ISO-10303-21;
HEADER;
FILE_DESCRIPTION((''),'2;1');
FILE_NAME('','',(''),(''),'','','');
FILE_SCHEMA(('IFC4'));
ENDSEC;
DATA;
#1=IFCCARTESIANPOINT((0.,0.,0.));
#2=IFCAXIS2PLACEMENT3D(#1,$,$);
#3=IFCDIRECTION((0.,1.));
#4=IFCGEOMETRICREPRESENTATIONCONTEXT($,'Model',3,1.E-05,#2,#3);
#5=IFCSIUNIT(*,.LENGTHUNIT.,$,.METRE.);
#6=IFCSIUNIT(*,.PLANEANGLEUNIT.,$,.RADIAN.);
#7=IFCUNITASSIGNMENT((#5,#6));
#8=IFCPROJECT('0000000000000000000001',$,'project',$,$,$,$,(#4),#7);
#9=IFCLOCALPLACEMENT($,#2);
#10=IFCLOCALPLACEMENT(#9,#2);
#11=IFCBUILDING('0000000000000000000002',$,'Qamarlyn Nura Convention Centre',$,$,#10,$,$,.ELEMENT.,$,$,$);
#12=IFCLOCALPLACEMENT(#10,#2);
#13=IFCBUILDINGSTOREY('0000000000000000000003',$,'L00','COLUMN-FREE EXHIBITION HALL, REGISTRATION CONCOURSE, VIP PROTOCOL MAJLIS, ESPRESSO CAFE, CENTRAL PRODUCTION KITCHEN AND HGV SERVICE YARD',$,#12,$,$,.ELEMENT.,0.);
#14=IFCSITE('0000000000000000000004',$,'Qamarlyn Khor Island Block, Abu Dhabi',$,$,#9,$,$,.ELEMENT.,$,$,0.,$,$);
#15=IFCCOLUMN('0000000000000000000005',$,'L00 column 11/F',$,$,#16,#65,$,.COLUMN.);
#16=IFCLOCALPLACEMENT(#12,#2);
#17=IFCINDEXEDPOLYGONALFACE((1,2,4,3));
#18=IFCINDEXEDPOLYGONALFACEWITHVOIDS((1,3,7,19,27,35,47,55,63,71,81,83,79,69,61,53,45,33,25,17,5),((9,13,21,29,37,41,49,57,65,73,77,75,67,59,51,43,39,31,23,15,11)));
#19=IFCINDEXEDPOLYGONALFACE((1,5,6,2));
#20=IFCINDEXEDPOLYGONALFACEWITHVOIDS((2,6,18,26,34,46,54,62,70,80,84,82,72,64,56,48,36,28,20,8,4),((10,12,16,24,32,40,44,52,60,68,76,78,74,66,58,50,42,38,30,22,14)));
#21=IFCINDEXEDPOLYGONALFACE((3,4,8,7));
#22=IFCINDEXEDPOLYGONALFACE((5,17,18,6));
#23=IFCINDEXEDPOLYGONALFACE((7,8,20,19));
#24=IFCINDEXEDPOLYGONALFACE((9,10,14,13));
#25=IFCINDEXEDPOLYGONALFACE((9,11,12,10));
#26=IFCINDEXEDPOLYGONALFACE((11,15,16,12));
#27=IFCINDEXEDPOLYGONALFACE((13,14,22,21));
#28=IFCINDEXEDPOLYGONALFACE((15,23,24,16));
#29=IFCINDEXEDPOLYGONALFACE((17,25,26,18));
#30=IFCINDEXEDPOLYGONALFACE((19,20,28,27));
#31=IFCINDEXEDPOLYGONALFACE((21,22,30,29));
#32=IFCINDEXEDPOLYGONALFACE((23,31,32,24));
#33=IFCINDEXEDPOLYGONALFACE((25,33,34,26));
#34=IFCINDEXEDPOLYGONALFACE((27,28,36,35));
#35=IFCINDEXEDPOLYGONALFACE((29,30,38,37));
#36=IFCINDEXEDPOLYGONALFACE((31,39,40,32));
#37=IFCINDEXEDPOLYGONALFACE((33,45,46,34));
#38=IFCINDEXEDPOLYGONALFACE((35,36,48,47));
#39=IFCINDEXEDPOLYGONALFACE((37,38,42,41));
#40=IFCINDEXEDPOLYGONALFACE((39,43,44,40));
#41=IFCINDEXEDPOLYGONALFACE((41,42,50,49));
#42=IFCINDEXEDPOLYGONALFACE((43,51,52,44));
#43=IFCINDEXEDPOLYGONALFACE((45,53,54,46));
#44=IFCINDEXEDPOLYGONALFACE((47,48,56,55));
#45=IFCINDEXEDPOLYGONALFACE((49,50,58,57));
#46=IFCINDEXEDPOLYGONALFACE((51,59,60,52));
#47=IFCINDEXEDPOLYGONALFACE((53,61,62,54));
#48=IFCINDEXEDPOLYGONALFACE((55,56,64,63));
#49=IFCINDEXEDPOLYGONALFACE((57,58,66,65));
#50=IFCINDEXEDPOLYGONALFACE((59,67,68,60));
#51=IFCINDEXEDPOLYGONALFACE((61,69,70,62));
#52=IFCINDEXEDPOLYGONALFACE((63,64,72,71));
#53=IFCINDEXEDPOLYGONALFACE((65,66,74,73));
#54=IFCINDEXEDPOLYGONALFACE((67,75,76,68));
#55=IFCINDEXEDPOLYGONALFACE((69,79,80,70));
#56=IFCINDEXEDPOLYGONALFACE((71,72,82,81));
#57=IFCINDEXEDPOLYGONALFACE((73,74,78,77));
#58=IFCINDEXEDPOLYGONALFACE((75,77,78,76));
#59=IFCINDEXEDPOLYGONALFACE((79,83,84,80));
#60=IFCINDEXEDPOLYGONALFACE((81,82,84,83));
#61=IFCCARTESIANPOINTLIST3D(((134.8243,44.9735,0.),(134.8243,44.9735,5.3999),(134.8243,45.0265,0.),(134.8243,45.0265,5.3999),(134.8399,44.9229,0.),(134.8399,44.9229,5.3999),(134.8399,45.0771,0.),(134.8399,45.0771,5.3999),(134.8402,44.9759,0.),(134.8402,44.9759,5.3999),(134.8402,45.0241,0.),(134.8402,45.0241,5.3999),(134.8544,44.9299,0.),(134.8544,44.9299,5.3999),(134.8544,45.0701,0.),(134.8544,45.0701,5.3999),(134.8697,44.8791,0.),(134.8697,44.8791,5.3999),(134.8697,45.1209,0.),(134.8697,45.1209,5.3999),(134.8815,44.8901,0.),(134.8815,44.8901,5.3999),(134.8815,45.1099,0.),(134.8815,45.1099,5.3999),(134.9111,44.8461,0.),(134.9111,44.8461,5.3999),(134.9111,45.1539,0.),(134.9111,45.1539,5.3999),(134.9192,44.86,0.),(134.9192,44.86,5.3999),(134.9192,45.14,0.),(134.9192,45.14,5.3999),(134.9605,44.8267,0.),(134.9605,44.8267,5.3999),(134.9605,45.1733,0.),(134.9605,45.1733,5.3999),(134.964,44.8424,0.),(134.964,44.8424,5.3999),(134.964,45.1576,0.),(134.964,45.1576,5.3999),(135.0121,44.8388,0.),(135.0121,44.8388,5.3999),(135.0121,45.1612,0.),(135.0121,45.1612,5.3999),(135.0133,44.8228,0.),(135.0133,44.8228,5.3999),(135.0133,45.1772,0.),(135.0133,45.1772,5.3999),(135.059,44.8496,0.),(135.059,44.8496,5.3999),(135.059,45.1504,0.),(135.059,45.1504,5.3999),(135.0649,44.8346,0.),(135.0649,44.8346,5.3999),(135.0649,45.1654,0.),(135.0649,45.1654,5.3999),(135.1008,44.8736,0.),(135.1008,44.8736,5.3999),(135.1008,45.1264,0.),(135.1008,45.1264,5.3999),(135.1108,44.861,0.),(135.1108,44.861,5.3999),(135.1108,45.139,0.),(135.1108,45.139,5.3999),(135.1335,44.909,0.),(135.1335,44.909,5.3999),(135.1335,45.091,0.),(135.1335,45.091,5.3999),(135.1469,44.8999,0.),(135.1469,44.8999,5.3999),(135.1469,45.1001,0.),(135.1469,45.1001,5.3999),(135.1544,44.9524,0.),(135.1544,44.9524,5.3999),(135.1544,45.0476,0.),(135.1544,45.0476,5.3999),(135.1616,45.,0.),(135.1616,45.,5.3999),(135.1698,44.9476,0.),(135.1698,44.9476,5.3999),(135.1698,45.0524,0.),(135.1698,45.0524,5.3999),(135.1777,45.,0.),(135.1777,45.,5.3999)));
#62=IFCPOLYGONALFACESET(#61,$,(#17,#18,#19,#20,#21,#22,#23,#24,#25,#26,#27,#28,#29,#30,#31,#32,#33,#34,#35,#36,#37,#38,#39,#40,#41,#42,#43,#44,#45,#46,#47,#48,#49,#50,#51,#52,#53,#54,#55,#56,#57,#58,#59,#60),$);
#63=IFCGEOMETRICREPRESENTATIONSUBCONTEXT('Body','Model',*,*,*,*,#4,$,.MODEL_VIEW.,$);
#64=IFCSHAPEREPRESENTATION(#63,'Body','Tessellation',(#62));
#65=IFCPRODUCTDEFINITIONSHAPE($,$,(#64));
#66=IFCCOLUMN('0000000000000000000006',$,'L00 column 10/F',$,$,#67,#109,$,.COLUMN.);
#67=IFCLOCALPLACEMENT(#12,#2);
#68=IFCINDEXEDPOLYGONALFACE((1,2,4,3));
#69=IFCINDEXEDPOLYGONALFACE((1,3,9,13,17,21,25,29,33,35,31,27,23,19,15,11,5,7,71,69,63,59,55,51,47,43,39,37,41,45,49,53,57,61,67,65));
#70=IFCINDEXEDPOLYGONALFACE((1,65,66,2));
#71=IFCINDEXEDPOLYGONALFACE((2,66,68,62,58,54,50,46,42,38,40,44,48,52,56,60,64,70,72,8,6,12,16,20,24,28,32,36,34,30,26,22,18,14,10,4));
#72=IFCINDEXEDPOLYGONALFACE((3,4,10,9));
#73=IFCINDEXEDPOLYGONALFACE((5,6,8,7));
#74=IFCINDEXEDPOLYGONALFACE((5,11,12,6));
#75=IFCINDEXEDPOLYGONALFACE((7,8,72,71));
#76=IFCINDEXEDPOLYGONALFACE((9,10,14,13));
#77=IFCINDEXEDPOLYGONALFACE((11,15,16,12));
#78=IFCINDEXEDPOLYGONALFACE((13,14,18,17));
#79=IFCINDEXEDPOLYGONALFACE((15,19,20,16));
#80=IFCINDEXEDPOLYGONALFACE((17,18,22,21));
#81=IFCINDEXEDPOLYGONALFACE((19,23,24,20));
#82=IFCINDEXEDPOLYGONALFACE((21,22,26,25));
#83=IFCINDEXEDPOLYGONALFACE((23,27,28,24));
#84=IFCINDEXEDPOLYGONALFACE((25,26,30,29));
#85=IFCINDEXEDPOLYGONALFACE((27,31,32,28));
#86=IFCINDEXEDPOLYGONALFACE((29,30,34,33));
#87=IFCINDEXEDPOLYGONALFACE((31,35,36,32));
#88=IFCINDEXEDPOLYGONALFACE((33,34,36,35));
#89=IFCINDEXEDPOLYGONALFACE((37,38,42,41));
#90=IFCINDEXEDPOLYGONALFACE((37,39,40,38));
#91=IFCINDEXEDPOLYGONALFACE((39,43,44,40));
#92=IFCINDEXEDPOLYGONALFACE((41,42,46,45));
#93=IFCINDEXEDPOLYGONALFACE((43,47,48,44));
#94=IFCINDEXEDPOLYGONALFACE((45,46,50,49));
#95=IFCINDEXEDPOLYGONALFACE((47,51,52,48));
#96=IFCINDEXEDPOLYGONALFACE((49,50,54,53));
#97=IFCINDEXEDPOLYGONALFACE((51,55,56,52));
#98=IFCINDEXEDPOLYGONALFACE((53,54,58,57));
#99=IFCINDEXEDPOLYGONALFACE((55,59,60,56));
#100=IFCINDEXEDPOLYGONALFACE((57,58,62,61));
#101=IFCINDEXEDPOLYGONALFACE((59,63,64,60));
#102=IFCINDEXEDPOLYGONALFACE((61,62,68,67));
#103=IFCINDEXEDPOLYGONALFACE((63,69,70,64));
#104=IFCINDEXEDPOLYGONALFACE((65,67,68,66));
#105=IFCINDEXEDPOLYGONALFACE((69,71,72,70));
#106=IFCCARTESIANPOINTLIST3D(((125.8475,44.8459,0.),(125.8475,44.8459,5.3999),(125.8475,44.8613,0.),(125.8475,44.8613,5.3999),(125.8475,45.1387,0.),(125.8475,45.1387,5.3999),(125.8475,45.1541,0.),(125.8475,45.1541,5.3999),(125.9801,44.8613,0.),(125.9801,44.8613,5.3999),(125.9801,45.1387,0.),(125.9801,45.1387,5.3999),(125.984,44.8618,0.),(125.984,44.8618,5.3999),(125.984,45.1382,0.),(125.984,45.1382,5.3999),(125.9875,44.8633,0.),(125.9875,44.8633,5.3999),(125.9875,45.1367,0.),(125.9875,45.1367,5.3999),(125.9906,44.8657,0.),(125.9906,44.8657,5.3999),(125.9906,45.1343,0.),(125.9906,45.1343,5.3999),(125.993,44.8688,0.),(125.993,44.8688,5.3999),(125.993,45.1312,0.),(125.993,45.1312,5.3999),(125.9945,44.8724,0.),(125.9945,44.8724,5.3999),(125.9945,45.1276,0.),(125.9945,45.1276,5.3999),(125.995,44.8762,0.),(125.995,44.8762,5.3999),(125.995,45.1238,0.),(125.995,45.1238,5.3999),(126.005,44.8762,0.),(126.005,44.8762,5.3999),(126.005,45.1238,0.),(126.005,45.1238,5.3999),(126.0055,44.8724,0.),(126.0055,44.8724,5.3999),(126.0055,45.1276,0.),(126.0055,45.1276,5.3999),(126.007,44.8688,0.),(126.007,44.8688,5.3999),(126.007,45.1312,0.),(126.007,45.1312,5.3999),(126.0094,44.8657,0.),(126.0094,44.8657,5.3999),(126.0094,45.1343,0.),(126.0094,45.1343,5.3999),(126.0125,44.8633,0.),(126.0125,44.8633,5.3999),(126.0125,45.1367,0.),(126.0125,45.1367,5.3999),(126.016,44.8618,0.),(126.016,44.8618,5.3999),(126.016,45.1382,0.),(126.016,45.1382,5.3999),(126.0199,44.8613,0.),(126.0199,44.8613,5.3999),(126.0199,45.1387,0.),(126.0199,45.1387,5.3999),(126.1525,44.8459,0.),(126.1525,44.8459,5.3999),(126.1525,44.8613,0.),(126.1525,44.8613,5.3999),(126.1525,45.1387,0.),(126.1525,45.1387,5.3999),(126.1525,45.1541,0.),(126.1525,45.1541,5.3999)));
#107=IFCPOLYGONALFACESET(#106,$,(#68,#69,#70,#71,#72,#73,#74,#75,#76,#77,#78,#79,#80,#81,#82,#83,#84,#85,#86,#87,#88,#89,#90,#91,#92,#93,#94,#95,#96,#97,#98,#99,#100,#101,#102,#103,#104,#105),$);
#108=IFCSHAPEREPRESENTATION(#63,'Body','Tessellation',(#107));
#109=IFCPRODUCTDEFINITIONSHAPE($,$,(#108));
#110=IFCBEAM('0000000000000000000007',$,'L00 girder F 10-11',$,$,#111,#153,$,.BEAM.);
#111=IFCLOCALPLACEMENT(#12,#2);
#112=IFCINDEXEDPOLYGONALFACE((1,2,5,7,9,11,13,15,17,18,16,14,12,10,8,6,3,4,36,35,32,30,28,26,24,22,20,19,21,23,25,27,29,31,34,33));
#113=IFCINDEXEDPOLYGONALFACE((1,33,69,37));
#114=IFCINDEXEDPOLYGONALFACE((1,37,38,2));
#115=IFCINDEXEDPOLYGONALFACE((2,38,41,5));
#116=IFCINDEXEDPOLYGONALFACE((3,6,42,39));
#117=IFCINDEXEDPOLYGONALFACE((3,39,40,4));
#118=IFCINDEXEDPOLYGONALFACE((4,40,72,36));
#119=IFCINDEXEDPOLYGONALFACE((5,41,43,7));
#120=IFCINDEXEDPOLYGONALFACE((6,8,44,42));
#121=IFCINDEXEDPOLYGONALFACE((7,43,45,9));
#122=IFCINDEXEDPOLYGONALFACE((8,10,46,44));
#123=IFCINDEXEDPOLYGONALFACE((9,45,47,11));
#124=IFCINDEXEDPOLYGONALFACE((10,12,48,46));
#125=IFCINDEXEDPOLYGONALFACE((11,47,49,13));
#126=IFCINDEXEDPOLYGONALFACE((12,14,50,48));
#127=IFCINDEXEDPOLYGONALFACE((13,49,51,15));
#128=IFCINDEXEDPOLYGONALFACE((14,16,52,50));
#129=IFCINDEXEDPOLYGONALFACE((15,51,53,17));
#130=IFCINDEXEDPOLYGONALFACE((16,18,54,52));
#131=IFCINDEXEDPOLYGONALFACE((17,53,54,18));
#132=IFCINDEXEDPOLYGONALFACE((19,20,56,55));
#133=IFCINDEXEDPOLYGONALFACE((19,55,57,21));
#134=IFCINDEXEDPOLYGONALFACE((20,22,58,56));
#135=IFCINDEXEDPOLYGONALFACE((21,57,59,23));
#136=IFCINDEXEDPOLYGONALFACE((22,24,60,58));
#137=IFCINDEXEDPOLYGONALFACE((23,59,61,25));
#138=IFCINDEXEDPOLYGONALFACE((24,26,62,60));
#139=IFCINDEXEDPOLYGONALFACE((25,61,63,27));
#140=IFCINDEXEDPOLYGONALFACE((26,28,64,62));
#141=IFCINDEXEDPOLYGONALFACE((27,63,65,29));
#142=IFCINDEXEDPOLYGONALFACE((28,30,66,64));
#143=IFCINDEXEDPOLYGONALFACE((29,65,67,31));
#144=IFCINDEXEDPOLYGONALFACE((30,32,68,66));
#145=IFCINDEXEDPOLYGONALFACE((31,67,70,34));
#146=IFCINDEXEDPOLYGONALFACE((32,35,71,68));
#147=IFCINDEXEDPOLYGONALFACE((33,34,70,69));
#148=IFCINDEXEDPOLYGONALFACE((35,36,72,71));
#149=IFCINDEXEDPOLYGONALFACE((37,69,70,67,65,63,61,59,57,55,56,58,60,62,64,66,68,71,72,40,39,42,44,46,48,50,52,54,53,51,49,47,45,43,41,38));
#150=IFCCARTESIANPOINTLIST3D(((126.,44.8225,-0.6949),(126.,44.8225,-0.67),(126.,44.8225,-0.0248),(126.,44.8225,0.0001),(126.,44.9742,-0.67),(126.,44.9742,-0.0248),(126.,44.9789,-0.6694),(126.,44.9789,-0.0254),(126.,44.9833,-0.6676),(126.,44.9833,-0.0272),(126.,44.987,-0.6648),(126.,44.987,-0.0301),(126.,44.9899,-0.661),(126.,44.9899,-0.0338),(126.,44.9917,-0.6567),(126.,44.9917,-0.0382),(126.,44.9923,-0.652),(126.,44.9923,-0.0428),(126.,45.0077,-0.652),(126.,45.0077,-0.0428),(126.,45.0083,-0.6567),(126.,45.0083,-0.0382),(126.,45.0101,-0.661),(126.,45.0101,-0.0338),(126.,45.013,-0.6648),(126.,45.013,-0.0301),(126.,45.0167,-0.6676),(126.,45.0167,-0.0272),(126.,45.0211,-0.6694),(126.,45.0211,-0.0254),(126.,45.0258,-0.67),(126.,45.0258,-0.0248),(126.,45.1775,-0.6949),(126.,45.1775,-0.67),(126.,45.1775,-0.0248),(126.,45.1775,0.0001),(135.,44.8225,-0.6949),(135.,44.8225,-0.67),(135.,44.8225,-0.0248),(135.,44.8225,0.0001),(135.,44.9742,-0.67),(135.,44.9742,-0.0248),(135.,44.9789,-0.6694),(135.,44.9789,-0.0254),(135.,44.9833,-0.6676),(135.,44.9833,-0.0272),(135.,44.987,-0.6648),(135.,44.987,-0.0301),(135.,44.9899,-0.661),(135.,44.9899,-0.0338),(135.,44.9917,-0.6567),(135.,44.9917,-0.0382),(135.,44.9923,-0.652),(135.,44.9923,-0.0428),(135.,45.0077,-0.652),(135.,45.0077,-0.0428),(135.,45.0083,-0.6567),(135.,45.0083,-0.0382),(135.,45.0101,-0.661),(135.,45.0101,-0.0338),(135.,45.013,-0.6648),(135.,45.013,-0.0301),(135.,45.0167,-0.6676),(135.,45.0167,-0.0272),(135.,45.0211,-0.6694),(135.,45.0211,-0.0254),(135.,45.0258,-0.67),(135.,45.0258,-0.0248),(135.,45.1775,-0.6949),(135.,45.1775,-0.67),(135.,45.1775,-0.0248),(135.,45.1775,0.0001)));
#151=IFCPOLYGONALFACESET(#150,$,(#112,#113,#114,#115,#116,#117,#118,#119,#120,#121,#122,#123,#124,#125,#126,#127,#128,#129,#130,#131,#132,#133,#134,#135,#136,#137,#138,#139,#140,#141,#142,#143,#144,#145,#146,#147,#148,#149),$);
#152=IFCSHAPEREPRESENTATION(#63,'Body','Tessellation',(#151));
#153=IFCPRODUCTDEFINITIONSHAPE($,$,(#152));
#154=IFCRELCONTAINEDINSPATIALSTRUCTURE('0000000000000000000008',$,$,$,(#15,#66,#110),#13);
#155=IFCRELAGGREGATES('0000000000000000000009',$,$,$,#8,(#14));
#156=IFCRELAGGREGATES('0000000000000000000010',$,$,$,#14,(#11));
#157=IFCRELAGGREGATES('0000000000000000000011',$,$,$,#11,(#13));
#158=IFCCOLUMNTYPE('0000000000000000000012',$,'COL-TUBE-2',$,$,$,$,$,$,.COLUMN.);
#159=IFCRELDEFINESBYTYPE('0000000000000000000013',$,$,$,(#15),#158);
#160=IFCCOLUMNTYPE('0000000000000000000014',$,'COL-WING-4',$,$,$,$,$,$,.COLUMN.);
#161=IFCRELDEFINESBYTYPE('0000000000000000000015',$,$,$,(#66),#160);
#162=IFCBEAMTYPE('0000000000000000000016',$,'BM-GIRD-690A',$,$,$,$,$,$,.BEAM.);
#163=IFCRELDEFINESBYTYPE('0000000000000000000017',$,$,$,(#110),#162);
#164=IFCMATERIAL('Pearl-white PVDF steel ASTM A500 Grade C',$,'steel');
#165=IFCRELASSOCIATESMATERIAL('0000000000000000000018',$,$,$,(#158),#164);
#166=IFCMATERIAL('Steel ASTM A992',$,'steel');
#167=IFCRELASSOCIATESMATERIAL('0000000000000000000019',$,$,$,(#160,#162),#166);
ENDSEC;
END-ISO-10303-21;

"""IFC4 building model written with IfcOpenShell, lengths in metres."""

from ifc_helpers import new_model, si_unit, direction, frame, origin, origin_2d, place, context, subcontext, project, spatial, hollow_circle, i_section, extrude, material, material_profile, profile_set, type_object, element, save


model = new_model("IFC4")

# Units and contexts
model_context = context("Model", 3, precision=1e-05, world=origin(), true_north=direction((0.0, 1.0)))
body_context = subcontext(model_context, "Body", "Model", "MODEL_VIEW")
ifc_project = project(units=[si_unit("LENGTHUNIT", "METRE"), si_unit("PLANEANGLEUNIT", "RADIAN")], contexts=[model_context])

# Site, building, storey
site_placement = place(None, origin())
site = spatial("IfcSite", under=ifc_project, at=site_placement, Name="Qamarlyn Khor Island Block, Abu Dhabi", CompositionType="ELEMENT", RefElevation=0.0)
building_placement = place(site_placement, origin())
building = spatial("IfcBuilding", under=site, at=building_placement, Name="Qamarlyn Nura Convention Centre", CompositionType="ELEMENT")
storey_placement = place(building_placement, origin())
storey = spatial("IfcBuildingStorey", under=building, at=storey_placement, Name="L00", Description="COLUMN-FREE EXHIBITION HALL, REGISTRATION CONCOURSE, VIP PROTOCOL MAJLIS, ESPRESSO CAFE, CENTRAL PRODUCTION KITCHEN AND HGV SERVICE YARD", CompositionType="ELEMENT", Elevation=0.0)

# Columns
ifc_material_1 = material(Name="Pearl-white PVDF steel ASTM A500 Grade C", Category="steel")
ifc_material_profile_1 = material_profile(ifc_material_1, hollow_circle(Radius=0.1777, WallThickness=0.0161, at=origin_2d()), Name="CHS355.6X16")
ifc_profile_set_1 = profile_set([ifc_material_profile_1], Name="Pearl-white PVDF steel ASTM A500 Grade C")
column_type_1 = type_object("IfcColumnType", Name="COL-TUBE-2", PredefinedType="COLUMN", material=ifc_profile_set_1)
column_1_placement = place(storey_placement, frame((135.0, 45.0, 0.0), z_axis=(0.0, 0.0, 1.0), x_axis=(1.0, 0.0, 0.0)))
element("IfcColumn", 1, at=column_1_placement, inside=storey, type_object=column_type_1, Name="L00 column 11/F", PredefinedType="COLUMN", context=body_context, shape_type="SweptSolid", body=[
    extrude(hollow_circle(Radius=0.1777, WallThickness=0.0161, at=origin_2d()), origin(), (0.0, 0.0, 1.0), 5.3999),
])
ifc_material_2 = material(Name="Steel ASTM A992", Category="steel")
ifc_material_profile_2 = material_profile(ifc_material_2, i_section(OverallWidth=0.3049, OverallDepth=0.3081, WebThickness=0.01, FlangeThickness=0.0154, FilletRadius=0.0149, at=origin_2d()), Name="W310X97")
ifc_profile_set_2 = profile_set([ifc_material_profile_2], Name="Steel ASTM A992")
column_type_2 = type_object("IfcColumnType", Name="COL-WING-4", PredefinedType="COLUMN", material=ifc_profile_set_2)
column_2_placement = place(storey_placement, frame((126.0, 45.0, 0.0), z_axis=(0.0, 0.0, 1.0), x_axis=(1.0, 0.0, 0.0)))
element("IfcColumn", 2, at=column_2_placement, inside=storey, type_object=column_type_2, Name="L00 column 10/F", PredefinedType="COLUMN", context=body_context, shape_type="SweptSolid", body=[
    extrude(i_section(OverallWidth=0.3049, OverallDepth=0.3081, WebThickness=0.01, FlangeThickness=0.0154, FilletRadius=0.0149, at=origin_2d()), origin(), (0.0, 0.0, 1.0), 5.3999),
])

# Beam
ifc_material_profile_3 = material_profile(ifc_material_2, i_section(OverallWidth=0.355, OverallDepth=0.6951, WebThickness=0.0154, FlangeThickness=0.0249, FilletRadius=0.0181, at=origin_2d()), Name="W690X217")
ifc_profile_set_3 = profile_set([ifc_material_profile_3], Name="Steel ASTM A992")
beam_type_1 = type_object("IfcBeamType", Name="BM-GIRD-690A", PredefinedType="BEAM", material=ifc_profile_set_3)
beam_1_placement = place(storey_placement, frame((126.0, 45.0, -0.3474), z_axis=(1.0, 0.0, 0.0), x_axis=(0.0, 1.0, 0.0)))
element("IfcBeam", 3, at=beam_1_placement, inside=storey, type_object=beam_type_1, Name="L00 girder F 10-11", PredefinedType="BEAM", context=body_context, shape_type="SweptSolid", body=[
    extrude(i_section(OverallWidth=0.355, OverallDepth=0.6951, WebThickness=0.0154, FlangeThickness=0.0249, FilletRadius=0.0181, at=origin_2d()), origin(), (0.0, 0.0, 1.0), 9.0),
])

save(model, "model.ifc")
